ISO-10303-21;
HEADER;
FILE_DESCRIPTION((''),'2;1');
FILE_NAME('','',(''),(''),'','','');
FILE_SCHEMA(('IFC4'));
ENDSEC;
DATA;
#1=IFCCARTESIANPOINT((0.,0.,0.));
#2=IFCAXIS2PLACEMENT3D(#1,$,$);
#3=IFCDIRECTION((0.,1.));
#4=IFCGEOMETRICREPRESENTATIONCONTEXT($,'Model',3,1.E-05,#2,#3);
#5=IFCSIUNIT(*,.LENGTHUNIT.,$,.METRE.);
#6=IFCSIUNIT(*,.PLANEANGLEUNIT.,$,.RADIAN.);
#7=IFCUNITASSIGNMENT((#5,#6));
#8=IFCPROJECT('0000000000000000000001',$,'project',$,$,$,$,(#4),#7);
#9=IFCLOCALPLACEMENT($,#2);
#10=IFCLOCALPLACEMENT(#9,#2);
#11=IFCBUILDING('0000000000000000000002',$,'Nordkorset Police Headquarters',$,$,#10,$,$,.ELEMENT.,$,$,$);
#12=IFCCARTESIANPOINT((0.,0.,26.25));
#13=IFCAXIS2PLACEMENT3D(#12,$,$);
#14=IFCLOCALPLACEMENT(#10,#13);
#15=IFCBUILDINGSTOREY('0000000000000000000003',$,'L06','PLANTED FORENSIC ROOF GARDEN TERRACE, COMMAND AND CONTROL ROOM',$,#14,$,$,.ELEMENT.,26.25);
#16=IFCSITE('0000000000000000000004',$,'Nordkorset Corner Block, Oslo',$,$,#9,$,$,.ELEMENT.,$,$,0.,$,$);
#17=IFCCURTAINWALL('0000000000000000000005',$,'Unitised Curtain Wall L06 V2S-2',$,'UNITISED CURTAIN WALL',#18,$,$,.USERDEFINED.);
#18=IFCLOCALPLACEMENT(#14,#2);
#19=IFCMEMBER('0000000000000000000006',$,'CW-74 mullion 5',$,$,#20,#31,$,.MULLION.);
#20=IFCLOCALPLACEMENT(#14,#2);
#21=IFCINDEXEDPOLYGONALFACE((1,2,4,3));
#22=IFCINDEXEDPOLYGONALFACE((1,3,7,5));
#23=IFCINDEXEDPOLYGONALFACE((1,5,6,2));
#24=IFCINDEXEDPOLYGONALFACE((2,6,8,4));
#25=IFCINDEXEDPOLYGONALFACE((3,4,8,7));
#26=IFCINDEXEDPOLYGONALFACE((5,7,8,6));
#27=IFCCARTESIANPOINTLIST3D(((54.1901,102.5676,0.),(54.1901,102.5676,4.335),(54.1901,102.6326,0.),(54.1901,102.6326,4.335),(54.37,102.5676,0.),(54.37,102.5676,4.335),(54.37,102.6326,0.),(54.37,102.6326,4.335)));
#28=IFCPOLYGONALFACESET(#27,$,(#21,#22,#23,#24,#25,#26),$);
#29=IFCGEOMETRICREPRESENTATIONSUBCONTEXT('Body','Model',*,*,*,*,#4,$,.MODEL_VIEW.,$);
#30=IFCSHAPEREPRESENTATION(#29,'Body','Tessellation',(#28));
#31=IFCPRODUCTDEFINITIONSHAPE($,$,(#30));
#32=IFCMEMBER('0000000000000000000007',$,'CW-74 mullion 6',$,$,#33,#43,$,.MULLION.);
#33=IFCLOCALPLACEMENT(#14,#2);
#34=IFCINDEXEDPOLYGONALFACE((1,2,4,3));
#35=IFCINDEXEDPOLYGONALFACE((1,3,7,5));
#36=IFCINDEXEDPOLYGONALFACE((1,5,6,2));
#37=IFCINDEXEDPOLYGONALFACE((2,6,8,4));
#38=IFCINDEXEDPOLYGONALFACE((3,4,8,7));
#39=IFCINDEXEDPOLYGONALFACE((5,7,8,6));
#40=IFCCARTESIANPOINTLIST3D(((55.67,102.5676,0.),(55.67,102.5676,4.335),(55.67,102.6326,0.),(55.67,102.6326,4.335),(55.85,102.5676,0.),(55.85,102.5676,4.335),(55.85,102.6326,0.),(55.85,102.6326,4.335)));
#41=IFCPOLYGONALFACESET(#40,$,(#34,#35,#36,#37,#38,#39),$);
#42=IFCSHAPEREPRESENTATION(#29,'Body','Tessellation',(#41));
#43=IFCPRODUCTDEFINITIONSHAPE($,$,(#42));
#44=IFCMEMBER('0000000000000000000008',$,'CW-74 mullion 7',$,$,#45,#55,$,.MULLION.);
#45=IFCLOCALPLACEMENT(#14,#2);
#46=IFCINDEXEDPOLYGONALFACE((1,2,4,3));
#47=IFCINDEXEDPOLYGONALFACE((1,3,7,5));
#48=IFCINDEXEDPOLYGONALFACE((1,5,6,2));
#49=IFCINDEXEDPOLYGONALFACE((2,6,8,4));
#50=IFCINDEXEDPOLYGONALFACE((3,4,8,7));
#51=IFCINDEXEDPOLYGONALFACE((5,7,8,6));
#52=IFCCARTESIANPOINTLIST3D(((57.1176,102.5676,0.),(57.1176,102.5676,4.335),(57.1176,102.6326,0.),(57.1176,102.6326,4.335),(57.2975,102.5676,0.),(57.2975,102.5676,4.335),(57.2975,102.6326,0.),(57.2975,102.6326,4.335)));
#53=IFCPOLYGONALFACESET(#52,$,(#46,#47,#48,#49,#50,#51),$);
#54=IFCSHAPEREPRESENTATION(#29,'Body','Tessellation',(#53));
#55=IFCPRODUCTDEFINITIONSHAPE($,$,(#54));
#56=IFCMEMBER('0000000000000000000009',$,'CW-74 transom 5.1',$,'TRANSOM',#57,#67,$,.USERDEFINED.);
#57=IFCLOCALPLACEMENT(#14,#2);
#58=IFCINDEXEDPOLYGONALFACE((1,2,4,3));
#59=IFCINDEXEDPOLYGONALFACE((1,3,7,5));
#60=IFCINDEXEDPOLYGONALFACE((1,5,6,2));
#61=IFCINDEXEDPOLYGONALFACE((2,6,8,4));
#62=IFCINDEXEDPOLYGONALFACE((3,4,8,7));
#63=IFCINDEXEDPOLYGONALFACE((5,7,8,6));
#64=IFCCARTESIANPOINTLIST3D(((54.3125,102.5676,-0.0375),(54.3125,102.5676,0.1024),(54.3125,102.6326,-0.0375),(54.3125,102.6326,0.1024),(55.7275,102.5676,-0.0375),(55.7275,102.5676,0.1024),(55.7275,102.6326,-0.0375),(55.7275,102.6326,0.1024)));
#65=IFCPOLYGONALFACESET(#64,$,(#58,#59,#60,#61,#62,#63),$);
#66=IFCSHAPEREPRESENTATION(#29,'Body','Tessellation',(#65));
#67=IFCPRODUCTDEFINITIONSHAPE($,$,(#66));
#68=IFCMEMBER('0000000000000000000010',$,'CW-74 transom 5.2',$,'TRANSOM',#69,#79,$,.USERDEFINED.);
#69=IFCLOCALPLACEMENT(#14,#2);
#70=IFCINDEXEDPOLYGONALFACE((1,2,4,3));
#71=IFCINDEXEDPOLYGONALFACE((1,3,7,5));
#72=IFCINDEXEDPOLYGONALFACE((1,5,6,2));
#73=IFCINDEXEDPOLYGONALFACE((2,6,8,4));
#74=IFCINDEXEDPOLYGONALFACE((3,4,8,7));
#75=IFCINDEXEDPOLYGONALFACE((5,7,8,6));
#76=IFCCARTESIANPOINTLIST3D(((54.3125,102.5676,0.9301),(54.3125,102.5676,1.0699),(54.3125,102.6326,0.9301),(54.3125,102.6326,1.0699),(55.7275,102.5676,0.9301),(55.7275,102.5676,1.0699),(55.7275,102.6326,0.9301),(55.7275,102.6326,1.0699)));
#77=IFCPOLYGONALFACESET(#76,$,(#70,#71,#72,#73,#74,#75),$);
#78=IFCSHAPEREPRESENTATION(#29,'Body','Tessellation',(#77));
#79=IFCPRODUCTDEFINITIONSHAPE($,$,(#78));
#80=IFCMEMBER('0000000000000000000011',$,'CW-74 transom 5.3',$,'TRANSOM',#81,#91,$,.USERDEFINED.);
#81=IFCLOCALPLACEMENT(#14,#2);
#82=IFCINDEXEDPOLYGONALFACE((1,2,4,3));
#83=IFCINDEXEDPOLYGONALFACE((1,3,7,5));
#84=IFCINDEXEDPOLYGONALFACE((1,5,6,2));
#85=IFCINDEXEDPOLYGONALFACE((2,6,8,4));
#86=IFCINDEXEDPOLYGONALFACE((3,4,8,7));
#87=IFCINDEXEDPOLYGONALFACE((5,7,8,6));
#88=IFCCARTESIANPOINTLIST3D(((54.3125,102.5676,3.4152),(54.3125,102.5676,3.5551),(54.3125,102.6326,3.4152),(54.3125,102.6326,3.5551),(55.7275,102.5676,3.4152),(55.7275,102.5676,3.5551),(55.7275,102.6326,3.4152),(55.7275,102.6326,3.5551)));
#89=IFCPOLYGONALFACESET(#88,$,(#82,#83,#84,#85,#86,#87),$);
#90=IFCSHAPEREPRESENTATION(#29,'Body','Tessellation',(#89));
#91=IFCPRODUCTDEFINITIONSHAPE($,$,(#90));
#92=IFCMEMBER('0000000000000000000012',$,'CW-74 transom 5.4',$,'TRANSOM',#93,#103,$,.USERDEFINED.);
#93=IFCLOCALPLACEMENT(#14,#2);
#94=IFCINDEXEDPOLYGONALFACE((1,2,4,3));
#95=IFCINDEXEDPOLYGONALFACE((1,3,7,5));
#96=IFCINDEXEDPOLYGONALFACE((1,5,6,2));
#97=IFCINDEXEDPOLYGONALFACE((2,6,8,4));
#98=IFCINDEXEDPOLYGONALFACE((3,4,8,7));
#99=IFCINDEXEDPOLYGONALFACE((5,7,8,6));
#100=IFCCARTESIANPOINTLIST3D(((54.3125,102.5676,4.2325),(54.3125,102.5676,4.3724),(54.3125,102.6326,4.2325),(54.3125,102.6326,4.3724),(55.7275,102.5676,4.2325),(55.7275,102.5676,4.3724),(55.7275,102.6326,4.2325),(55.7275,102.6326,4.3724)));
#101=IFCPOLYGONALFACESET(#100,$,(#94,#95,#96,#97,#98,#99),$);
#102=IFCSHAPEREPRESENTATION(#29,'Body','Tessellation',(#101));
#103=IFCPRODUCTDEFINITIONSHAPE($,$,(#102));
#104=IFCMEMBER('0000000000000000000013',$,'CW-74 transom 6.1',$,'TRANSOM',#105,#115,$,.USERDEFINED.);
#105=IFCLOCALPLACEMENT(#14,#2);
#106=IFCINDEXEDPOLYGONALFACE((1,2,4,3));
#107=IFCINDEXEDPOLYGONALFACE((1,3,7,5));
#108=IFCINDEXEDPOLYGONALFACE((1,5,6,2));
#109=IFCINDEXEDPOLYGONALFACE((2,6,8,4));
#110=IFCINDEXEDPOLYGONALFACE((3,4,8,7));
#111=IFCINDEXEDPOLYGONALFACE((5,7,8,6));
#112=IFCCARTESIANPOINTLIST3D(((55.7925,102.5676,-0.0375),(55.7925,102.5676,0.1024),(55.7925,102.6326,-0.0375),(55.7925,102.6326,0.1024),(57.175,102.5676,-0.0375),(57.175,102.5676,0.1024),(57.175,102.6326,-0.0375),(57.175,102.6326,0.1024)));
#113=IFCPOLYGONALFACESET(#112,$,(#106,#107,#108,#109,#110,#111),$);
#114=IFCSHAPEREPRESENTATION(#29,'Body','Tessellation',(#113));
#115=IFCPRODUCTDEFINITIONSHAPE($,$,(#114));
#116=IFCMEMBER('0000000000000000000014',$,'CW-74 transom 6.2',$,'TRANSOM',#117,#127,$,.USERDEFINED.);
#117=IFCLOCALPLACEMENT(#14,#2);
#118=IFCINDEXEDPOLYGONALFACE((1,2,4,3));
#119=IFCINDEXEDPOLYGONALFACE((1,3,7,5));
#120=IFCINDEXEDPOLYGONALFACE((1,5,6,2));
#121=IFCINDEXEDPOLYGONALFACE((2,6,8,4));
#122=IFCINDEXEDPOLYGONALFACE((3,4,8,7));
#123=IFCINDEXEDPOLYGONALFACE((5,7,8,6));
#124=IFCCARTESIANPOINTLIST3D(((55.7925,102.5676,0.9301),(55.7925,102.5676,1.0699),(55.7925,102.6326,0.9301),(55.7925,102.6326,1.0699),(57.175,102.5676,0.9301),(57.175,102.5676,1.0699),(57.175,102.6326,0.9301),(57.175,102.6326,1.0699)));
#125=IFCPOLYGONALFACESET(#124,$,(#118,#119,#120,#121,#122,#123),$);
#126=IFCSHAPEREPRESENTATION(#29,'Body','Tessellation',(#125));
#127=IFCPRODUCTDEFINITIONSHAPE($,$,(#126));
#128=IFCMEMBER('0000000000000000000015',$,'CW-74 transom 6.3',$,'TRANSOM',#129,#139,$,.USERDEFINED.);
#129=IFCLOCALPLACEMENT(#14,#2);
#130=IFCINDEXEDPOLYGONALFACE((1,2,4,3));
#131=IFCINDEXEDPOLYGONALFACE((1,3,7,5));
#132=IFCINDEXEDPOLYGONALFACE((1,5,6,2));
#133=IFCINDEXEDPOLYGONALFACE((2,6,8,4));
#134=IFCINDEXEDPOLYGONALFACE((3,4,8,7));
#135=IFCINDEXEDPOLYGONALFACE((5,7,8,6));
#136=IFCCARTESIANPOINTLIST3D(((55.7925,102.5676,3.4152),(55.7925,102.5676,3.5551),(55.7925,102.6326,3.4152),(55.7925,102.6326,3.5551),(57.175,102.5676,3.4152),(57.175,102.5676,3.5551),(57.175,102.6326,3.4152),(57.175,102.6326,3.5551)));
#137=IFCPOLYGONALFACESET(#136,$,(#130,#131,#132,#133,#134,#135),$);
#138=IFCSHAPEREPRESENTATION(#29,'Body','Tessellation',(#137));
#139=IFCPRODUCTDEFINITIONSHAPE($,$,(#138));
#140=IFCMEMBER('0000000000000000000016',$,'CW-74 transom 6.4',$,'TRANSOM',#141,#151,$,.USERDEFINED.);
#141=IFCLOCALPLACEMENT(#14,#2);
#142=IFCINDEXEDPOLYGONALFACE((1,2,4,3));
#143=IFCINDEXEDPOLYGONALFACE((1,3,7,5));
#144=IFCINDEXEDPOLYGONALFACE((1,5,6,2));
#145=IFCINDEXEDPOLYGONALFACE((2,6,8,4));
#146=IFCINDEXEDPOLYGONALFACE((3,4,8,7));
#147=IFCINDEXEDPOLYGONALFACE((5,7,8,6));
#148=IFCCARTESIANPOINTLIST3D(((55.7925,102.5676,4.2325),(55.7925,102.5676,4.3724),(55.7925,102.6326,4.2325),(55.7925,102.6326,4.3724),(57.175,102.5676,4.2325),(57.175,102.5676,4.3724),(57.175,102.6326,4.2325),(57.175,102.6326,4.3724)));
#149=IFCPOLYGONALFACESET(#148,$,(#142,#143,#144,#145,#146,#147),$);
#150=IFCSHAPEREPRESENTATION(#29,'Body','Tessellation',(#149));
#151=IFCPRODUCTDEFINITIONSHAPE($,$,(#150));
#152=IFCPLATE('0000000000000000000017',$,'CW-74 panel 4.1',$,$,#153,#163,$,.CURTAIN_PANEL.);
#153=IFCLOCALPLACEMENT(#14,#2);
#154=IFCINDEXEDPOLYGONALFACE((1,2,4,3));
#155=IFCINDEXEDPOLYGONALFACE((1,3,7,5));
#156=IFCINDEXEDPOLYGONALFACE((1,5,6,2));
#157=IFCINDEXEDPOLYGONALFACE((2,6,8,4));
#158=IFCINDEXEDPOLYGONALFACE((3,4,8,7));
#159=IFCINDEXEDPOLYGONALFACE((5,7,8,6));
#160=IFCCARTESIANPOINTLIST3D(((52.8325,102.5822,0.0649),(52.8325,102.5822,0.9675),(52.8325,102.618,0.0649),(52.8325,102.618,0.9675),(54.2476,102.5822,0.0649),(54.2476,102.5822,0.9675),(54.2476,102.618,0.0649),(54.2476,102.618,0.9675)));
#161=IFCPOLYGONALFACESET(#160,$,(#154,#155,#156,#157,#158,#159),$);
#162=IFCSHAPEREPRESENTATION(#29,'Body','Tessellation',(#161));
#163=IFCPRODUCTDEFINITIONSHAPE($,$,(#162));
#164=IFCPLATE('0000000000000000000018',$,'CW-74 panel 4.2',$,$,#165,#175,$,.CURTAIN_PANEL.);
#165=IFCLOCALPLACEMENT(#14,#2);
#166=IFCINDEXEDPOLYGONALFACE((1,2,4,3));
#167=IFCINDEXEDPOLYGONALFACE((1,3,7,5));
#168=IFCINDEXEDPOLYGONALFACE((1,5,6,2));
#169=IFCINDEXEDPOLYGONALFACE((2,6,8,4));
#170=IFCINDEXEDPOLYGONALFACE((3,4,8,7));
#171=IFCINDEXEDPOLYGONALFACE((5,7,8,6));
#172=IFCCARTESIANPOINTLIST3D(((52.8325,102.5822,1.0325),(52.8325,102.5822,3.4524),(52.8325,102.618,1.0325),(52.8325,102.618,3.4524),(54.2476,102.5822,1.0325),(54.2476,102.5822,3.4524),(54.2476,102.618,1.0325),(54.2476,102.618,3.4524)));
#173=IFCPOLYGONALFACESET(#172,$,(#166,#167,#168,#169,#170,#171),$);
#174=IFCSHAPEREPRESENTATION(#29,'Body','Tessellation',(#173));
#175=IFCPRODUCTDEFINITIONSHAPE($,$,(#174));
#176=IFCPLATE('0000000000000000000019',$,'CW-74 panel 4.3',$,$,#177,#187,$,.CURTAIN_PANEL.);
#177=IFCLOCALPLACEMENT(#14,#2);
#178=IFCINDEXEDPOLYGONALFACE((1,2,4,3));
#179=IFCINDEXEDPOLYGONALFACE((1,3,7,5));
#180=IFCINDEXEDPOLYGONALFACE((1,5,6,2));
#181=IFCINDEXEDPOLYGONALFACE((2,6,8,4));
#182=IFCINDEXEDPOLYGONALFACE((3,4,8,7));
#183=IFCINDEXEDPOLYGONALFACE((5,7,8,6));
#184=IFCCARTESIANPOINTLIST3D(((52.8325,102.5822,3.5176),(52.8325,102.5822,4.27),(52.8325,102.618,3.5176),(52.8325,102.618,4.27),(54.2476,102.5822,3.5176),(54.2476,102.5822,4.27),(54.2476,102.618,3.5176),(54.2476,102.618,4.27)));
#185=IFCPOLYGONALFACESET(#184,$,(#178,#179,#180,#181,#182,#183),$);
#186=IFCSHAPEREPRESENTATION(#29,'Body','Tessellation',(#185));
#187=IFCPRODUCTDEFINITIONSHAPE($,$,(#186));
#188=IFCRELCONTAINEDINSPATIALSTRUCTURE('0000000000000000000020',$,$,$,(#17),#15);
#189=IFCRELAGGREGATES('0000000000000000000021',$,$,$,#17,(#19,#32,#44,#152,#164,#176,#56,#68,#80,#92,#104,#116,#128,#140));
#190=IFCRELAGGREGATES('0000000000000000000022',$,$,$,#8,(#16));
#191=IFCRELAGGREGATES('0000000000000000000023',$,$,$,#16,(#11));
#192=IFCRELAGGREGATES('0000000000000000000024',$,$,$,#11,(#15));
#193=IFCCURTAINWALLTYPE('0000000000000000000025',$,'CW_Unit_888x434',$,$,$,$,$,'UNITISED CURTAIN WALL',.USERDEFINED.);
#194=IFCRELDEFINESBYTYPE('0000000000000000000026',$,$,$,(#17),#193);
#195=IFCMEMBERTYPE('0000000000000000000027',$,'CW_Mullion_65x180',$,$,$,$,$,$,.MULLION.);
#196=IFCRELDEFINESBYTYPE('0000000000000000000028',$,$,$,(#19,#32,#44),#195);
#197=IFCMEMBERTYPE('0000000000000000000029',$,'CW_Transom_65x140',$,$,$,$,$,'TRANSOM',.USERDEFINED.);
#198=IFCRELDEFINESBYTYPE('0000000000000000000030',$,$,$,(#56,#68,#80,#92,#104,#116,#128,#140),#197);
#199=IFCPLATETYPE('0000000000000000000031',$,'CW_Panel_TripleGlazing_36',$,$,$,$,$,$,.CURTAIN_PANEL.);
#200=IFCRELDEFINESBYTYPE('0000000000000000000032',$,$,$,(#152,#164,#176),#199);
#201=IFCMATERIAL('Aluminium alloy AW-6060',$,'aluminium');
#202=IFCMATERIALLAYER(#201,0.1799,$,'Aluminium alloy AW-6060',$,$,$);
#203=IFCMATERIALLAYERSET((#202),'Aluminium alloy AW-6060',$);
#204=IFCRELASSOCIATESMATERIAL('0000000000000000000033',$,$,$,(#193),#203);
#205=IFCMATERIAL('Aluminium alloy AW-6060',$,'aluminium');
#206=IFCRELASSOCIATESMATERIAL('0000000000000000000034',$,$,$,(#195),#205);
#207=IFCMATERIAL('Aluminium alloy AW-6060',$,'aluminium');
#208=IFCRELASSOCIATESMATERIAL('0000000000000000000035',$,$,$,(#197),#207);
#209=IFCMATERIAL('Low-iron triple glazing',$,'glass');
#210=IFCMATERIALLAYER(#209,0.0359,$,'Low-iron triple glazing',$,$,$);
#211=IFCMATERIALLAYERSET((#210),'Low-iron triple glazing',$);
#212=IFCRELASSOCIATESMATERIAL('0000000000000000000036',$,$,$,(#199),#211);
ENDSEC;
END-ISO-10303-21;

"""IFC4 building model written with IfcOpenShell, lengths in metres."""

from ifc_helpers import new_model, si_unit, direction, frame, origin, origin_2d, place, context, subcontext, project, spatial, rectangle, extrude, material, layer, layer_set, material_profile, profile_set, type_object, element, aggregate, save


model = new_model("IFC4")

# Units and contexts
model_context = context("Model", 3, precision=1e-05, world=origin(), true_north=direction((0.0, 1.0)))
body_context = subcontext(model_context, "Body", "Model", "MODEL_VIEW")
ifc_project = project(units=[si_unit("LENGTHUNIT", "METRE"), si_unit("PLANEANGLEUNIT", "RADIAN")], contexts=[model_context])

# Site, building, storey
site_placement = place(None, origin())
site = spatial("IfcSite", under=ifc_project, at=site_placement, Name="Nordkorset Corner Block, Oslo", CompositionType="ELEMENT", RefElevation=0.0)
building_placement = place(site_placement, origin())
building = spatial("IfcBuilding", under=site, at=building_placement, Name="Nordkorset Police Headquarters", CompositionType="ELEMENT")
storey_placement = place(building_placement, frame((0.0, 0.0, 26.25)))
storey = spatial("IfcBuildingStorey", under=building, at=storey_placement, Name="L06", Description="PLANTED FORENSIC ROOF GARDEN TERRACE, COMMAND AND CONTROL ROOM", CompositionType="ELEMENT", Elevation=26.25)

# Curtain wall, members, plates
ifc_material_1 = material(Name="Aluminium alloy AW-6060", Category="aluminium")
ifc_layer_1 = layer(ifc_material_1, 0.1799, Name="Aluminium alloy AW-6060")
ifc_layer_set_1 = layer_set([ifc_layer_1], Name="Aluminium alloy AW-6060")
curtain_wall_type = type_object("IfcCurtainWallType", Name="CW_Unit_888x434", ElementType="UNITISED CURTAIN WALL", PredefinedType="USERDEFINED", material=ifc_layer_set_1)
curtain_wall_placement = place(storey_placement, origin())
curtain_wall = element("IfcCurtainWall", 1, at=curtain_wall_placement, inside=storey, type_object=curtain_wall_type, Name="Unitised Curtain Wall L06 V2S-2", ObjectType="UNITISED CURTAIN WALL", PredefinedType="USERDEFINED")
ifc_material_2 = material(Name="Aluminium alloy AW-6060", Category="aluminium")
ifc_material_profile_1 = material_profile(ifc_material_2, rectangle(XDim=0.0649, YDim=0.1799, at=origin_2d()), Name="ALU MULL 65x180")
ifc_profile_set_1 = profile_set([ifc_material_profile_1], Name="Aluminium alloy AW-6060")
member_type_1 = type_object("IfcMemberType", Name="CW_Mullion_65x180", PredefinedType="MULLION", material=ifc_profile_set_1)
member_1_placement = place(storey_placement, frame((54.28, 102.6001, 0.0), z_axis=(0.0, 0.0, 1.0), x_axis=(0.0, 1.0, 0.0)))
member_1 = element("IfcMember", 2, at=member_1_placement, type_object=member_type_1, Name="CW-74 mullion 5", PredefinedType="MULLION", context=body_context, shape_type="SweptSolid", body=[
    extrude(rectangle(XDim=0.0649, YDim=0.1799, at=origin_2d()), origin(), (0.0, 0.0, 1.0), 4.335),
])
member_2_placement = place(storey_placement, frame((55.76, 102.6001, 0.0), z_axis=(0.0, 0.0, 1.0), x_axis=(0.0, 1.0, 0.0)))
member_2 = element("IfcMember", 3, at=member_2_placement, type_object=member_type_1, Name="CW-74 mullion 6", PredefinedType="MULLION", context=body_context, shape_type="SweptSolid", body=[
    extrude(rectangle(XDim=0.0649, YDim=0.1799, at=origin_2d()), origin(), (0.0, 0.0, 1.0), 4.335),
])
member_3_placement = place(storey_placement, frame((57.2075, 102.6001, 0.0), z_axis=(0.0, 0.0, 1.0), x_axis=(0.0, 1.0, 0.0)))
member_3 = element("IfcMember", 4, at=member_3_placement, type_object=member_type_1, Name="CW-74 mullion 7", PredefinedType="MULLION", context=body_context, shape_type="SweptSolid", body=[
    extrude(rectangle(XDim=0.0649, YDim=0.1799, at=origin_2d()), origin(), (0.0, 0.0, 1.0), 4.335),
])
ifc_material_3 = material(Name="Aluminium alloy AW-6060", Category="aluminium")
ifc_material_profile_2 = material_profile(ifc_material_3, rectangle(XDim=0.0649, YDim=0.1399, at=origin_2d()), Name="ALU TRAN 65x140")
ifc_profile_set_2 = profile_set([ifc_material_profile_2], Name="Aluminium alloy AW-6060")
member_type_2 = type_object("IfcMemberType", Name="CW_Transom_65x140", ElementType="TRANSOM", PredefinedType="USERDEFINED", material=ifc_profile_set_2)
member_4_placement = place(storey_placement, frame((54.3125, 102.6001, 0.0325), z_axis=(1.0, 0.0, 0.0), x_axis=(0.0, 1.0, 0.0)))
member_4 = element("IfcMember", 5, at=member_4_placement, type_object=member_type_2, Name="CW-74 transom 5.1", ObjectType="TRANSOM", PredefinedType="USERDEFINED", context=body_context, shape_type="SweptSolid", body=[
    extrude(rectangle(XDim=0.0649, YDim=0.1399, at=origin_2d()), origin(), (0.0, 0.0, 1.0), 1.415),
])
member_5_placement = place(storey_placement, frame((54.3125, 102.6001, 1.0), z_axis=(1.0, 0.0, 0.0), x_axis=(0.0, 1.0, 0.0)))
member_5 = element("IfcMember", 6, at=member_5_placement, type_object=member_type_2, Name="CW-74 transom 5.2", ObjectType="TRANSOM", PredefinedType="USERDEFINED", context=body_context, shape_type="SweptSolid", body=[
    extrude(rectangle(XDim=0.0649, YDim=0.1399, at=origin_2d()), origin(), (0.0, 0.0, 1.0), 1.415),
])
member_6_placement = place(storey_placement, frame((54.3125, 102.6001, 3.4851), z_axis=(1.0, 0.0, 0.0), x_axis=(0.0, 1.0, 0.0)))
member_6 = element("IfcMember", 7, at=member_6_placement, type_object=member_type_2, Name="CW-74 transom 5.3", ObjectType="TRANSOM", PredefinedType="USERDEFINED", context=body_context, shape_type="SweptSolid", body=[
    extrude(rectangle(XDim=0.0649, YDim=0.1399, at=origin_2d()), origin(), (0.0, 0.0, 1.0), 1.415),
])
member_7_placement = place(storey_placement, frame((54.3125, 102.6001, 4.3025), z_axis=(1.0, 0.0, 0.0), x_axis=(0.0, 1.0, 0.0)))
member_7 = element("IfcMember", 8, at=member_7_placement, type_object=member_type_2, Name="CW-74 transom 5.4", ObjectType="TRANSOM", PredefinedType="USERDEFINED", context=body_context, shape_type="SweptSolid", body=[
    extrude(rectangle(XDim=0.0649, YDim=0.1399, at=origin_2d()), origin(), (0.0, 0.0, 1.0), 1.415),
])
member_8_placement = place(storey_placement, frame((55.7925, 102.6001, 0.0325), z_axis=(1.0, 0.0, 0.0), x_axis=(0.0, 1.0, 0.0)))
member_8 = element("IfcMember", 9, at=member_8_placement, type_object=member_type_2, Name="CW-74 transom 6.1", ObjectType="TRANSOM", PredefinedType="USERDEFINED", context=body_context, shape_type="SweptSolid", body=[
    extrude(rectangle(XDim=0.0649, YDim=0.1399, at=origin_2d()), origin(), (0.0, 0.0, 1.0), 1.3826),
])
member_9_placement = place(storey_placement, frame((55.7925, 102.6001, 1.0), z_axis=(1.0, 0.0, 0.0), x_axis=(0.0, 1.0, 0.0)))
member_9 = element("IfcMember", 10, at=member_9_placement, type_object=member_type_2, Name="CW-74 transom 6.2", ObjectType="TRANSOM", PredefinedType="USERDEFINED", context=body_context, shape_type="SweptSolid", body=[
    extrude(rectangle(XDim=0.0649, YDim=0.1399, at=origin_2d()), origin(), (0.0, 0.0, 1.0), 1.3826),
])
member_10_placement = place(storey_placement, frame((55.7925, 102.6001, 3.4851), z_axis=(1.0, 0.0, 0.0), x_axis=(0.0, 1.0, 0.0)))
member_10 = element("IfcMember", 11, at=member_10_placement, type_object=member_type_2, Name="CW-74 transom 6.3", ObjectType="TRANSOM", PredefinedType="USERDEFINED", context=body_context, shape_type="SweptSolid", body=[
    extrude(rectangle(XDim=0.0649, YDim=0.1399, at=origin_2d()), origin(), (0.0, 0.0, 1.0), 1.3826),
])
member_11_placement = place(storey_placement, frame((55.7925, 102.6001, 4.3025), z_axis=(1.0, 0.0, 0.0), x_axis=(0.0, 1.0, 0.0)))
member_11 = element("IfcMember", 12, at=member_11_placement, type_object=member_type_2, Name="CW-74 transom 6.4", ObjectType="TRANSOM", PredefinedType="USERDEFINED", context=body_context, shape_type="SweptSolid", body=[
    extrude(rectangle(XDim=0.0649, YDim=0.1399, at=origin_2d()), origin(), (0.0, 0.0, 1.0), 1.3826),
])
ifc_material_4 = material(Name="Low-iron triple glazing", Category="glass")
ifc_layer_2 = layer(ifc_material_4, 0.0359, Name="Low-iron triple glazing")
ifc_layer_set_2 = layer_set([ifc_layer_2], Name="Low-iron triple glazing")
plate_type = type_object("IfcPlateType", Name="CW_Panel_TripleGlazing_36", PredefinedType="CURTAIN_PANEL", material=ifc_layer_set_2)
plate_1_placement = place(storey_placement, frame((53.54, 102.6001, 0.0649), z_axis=(0.0, 0.0, 1.0), x_axis=(1.0, 0.0, 0.0)))
plate_1 = element("IfcPlate", 13, at=plate_1_placement, type_object=plate_type, Name="CW-74 panel 4.1", PredefinedType="CURTAIN_PANEL", context=body_context, shape_type="SweptSolid", body=[
    extrude(rectangle(XDim=1.415, YDim=0.0359, at=origin_2d()), origin(), (0.0, 0.0, 1.0), 0.9026),
])
plate_2_placement = place(storey_placement, frame((53.54, 102.6001, 1.0325), z_axis=(0.0, 0.0, 1.0), x_axis=(1.0, 0.0, 0.0)))
plate_2 = element("IfcPlate", 14, at=plate_2_placement, type_object=plate_type, Name="CW-74 panel 4.2", PredefinedType="CURTAIN_PANEL", context=body_context, shape_type="SweptSolid", body=[
    extrude(rectangle(XDim=1.415, YDim=0.0359, at=origin_2d()), origin(), (0.0, 0.0, 1.0), 2.4199),
])
plate_3_placement = place(storey_placement, frame((53.54, 102.6001, 3.5176), z_axis=(0.0, 0.0, 1.0), x_axis=(1.0, 0.0, 0.0)))
plate_3 = element("IfcPlate", 15, at=plate_3_placement, type_object=plate_type, Name="CW-74 panel 4.3", PredefinedType="CURTAIN_PANEL", context=body_context, shape_type="SweptSolid", body=[
    extrude(rectangle(XDim=1.415, YDim=0.0359, at=origin_2d()), origin(), (0.0, 0.0, 1.0), 0.7524),
])
aggregate(curtain_wall, [member_1, member_2, member_3, plate_1, plate_2, plate_3, member_4, member_5, member_6, member_7, member_8, member_9, member_10, member_11])

save(model, "model.ifc")
